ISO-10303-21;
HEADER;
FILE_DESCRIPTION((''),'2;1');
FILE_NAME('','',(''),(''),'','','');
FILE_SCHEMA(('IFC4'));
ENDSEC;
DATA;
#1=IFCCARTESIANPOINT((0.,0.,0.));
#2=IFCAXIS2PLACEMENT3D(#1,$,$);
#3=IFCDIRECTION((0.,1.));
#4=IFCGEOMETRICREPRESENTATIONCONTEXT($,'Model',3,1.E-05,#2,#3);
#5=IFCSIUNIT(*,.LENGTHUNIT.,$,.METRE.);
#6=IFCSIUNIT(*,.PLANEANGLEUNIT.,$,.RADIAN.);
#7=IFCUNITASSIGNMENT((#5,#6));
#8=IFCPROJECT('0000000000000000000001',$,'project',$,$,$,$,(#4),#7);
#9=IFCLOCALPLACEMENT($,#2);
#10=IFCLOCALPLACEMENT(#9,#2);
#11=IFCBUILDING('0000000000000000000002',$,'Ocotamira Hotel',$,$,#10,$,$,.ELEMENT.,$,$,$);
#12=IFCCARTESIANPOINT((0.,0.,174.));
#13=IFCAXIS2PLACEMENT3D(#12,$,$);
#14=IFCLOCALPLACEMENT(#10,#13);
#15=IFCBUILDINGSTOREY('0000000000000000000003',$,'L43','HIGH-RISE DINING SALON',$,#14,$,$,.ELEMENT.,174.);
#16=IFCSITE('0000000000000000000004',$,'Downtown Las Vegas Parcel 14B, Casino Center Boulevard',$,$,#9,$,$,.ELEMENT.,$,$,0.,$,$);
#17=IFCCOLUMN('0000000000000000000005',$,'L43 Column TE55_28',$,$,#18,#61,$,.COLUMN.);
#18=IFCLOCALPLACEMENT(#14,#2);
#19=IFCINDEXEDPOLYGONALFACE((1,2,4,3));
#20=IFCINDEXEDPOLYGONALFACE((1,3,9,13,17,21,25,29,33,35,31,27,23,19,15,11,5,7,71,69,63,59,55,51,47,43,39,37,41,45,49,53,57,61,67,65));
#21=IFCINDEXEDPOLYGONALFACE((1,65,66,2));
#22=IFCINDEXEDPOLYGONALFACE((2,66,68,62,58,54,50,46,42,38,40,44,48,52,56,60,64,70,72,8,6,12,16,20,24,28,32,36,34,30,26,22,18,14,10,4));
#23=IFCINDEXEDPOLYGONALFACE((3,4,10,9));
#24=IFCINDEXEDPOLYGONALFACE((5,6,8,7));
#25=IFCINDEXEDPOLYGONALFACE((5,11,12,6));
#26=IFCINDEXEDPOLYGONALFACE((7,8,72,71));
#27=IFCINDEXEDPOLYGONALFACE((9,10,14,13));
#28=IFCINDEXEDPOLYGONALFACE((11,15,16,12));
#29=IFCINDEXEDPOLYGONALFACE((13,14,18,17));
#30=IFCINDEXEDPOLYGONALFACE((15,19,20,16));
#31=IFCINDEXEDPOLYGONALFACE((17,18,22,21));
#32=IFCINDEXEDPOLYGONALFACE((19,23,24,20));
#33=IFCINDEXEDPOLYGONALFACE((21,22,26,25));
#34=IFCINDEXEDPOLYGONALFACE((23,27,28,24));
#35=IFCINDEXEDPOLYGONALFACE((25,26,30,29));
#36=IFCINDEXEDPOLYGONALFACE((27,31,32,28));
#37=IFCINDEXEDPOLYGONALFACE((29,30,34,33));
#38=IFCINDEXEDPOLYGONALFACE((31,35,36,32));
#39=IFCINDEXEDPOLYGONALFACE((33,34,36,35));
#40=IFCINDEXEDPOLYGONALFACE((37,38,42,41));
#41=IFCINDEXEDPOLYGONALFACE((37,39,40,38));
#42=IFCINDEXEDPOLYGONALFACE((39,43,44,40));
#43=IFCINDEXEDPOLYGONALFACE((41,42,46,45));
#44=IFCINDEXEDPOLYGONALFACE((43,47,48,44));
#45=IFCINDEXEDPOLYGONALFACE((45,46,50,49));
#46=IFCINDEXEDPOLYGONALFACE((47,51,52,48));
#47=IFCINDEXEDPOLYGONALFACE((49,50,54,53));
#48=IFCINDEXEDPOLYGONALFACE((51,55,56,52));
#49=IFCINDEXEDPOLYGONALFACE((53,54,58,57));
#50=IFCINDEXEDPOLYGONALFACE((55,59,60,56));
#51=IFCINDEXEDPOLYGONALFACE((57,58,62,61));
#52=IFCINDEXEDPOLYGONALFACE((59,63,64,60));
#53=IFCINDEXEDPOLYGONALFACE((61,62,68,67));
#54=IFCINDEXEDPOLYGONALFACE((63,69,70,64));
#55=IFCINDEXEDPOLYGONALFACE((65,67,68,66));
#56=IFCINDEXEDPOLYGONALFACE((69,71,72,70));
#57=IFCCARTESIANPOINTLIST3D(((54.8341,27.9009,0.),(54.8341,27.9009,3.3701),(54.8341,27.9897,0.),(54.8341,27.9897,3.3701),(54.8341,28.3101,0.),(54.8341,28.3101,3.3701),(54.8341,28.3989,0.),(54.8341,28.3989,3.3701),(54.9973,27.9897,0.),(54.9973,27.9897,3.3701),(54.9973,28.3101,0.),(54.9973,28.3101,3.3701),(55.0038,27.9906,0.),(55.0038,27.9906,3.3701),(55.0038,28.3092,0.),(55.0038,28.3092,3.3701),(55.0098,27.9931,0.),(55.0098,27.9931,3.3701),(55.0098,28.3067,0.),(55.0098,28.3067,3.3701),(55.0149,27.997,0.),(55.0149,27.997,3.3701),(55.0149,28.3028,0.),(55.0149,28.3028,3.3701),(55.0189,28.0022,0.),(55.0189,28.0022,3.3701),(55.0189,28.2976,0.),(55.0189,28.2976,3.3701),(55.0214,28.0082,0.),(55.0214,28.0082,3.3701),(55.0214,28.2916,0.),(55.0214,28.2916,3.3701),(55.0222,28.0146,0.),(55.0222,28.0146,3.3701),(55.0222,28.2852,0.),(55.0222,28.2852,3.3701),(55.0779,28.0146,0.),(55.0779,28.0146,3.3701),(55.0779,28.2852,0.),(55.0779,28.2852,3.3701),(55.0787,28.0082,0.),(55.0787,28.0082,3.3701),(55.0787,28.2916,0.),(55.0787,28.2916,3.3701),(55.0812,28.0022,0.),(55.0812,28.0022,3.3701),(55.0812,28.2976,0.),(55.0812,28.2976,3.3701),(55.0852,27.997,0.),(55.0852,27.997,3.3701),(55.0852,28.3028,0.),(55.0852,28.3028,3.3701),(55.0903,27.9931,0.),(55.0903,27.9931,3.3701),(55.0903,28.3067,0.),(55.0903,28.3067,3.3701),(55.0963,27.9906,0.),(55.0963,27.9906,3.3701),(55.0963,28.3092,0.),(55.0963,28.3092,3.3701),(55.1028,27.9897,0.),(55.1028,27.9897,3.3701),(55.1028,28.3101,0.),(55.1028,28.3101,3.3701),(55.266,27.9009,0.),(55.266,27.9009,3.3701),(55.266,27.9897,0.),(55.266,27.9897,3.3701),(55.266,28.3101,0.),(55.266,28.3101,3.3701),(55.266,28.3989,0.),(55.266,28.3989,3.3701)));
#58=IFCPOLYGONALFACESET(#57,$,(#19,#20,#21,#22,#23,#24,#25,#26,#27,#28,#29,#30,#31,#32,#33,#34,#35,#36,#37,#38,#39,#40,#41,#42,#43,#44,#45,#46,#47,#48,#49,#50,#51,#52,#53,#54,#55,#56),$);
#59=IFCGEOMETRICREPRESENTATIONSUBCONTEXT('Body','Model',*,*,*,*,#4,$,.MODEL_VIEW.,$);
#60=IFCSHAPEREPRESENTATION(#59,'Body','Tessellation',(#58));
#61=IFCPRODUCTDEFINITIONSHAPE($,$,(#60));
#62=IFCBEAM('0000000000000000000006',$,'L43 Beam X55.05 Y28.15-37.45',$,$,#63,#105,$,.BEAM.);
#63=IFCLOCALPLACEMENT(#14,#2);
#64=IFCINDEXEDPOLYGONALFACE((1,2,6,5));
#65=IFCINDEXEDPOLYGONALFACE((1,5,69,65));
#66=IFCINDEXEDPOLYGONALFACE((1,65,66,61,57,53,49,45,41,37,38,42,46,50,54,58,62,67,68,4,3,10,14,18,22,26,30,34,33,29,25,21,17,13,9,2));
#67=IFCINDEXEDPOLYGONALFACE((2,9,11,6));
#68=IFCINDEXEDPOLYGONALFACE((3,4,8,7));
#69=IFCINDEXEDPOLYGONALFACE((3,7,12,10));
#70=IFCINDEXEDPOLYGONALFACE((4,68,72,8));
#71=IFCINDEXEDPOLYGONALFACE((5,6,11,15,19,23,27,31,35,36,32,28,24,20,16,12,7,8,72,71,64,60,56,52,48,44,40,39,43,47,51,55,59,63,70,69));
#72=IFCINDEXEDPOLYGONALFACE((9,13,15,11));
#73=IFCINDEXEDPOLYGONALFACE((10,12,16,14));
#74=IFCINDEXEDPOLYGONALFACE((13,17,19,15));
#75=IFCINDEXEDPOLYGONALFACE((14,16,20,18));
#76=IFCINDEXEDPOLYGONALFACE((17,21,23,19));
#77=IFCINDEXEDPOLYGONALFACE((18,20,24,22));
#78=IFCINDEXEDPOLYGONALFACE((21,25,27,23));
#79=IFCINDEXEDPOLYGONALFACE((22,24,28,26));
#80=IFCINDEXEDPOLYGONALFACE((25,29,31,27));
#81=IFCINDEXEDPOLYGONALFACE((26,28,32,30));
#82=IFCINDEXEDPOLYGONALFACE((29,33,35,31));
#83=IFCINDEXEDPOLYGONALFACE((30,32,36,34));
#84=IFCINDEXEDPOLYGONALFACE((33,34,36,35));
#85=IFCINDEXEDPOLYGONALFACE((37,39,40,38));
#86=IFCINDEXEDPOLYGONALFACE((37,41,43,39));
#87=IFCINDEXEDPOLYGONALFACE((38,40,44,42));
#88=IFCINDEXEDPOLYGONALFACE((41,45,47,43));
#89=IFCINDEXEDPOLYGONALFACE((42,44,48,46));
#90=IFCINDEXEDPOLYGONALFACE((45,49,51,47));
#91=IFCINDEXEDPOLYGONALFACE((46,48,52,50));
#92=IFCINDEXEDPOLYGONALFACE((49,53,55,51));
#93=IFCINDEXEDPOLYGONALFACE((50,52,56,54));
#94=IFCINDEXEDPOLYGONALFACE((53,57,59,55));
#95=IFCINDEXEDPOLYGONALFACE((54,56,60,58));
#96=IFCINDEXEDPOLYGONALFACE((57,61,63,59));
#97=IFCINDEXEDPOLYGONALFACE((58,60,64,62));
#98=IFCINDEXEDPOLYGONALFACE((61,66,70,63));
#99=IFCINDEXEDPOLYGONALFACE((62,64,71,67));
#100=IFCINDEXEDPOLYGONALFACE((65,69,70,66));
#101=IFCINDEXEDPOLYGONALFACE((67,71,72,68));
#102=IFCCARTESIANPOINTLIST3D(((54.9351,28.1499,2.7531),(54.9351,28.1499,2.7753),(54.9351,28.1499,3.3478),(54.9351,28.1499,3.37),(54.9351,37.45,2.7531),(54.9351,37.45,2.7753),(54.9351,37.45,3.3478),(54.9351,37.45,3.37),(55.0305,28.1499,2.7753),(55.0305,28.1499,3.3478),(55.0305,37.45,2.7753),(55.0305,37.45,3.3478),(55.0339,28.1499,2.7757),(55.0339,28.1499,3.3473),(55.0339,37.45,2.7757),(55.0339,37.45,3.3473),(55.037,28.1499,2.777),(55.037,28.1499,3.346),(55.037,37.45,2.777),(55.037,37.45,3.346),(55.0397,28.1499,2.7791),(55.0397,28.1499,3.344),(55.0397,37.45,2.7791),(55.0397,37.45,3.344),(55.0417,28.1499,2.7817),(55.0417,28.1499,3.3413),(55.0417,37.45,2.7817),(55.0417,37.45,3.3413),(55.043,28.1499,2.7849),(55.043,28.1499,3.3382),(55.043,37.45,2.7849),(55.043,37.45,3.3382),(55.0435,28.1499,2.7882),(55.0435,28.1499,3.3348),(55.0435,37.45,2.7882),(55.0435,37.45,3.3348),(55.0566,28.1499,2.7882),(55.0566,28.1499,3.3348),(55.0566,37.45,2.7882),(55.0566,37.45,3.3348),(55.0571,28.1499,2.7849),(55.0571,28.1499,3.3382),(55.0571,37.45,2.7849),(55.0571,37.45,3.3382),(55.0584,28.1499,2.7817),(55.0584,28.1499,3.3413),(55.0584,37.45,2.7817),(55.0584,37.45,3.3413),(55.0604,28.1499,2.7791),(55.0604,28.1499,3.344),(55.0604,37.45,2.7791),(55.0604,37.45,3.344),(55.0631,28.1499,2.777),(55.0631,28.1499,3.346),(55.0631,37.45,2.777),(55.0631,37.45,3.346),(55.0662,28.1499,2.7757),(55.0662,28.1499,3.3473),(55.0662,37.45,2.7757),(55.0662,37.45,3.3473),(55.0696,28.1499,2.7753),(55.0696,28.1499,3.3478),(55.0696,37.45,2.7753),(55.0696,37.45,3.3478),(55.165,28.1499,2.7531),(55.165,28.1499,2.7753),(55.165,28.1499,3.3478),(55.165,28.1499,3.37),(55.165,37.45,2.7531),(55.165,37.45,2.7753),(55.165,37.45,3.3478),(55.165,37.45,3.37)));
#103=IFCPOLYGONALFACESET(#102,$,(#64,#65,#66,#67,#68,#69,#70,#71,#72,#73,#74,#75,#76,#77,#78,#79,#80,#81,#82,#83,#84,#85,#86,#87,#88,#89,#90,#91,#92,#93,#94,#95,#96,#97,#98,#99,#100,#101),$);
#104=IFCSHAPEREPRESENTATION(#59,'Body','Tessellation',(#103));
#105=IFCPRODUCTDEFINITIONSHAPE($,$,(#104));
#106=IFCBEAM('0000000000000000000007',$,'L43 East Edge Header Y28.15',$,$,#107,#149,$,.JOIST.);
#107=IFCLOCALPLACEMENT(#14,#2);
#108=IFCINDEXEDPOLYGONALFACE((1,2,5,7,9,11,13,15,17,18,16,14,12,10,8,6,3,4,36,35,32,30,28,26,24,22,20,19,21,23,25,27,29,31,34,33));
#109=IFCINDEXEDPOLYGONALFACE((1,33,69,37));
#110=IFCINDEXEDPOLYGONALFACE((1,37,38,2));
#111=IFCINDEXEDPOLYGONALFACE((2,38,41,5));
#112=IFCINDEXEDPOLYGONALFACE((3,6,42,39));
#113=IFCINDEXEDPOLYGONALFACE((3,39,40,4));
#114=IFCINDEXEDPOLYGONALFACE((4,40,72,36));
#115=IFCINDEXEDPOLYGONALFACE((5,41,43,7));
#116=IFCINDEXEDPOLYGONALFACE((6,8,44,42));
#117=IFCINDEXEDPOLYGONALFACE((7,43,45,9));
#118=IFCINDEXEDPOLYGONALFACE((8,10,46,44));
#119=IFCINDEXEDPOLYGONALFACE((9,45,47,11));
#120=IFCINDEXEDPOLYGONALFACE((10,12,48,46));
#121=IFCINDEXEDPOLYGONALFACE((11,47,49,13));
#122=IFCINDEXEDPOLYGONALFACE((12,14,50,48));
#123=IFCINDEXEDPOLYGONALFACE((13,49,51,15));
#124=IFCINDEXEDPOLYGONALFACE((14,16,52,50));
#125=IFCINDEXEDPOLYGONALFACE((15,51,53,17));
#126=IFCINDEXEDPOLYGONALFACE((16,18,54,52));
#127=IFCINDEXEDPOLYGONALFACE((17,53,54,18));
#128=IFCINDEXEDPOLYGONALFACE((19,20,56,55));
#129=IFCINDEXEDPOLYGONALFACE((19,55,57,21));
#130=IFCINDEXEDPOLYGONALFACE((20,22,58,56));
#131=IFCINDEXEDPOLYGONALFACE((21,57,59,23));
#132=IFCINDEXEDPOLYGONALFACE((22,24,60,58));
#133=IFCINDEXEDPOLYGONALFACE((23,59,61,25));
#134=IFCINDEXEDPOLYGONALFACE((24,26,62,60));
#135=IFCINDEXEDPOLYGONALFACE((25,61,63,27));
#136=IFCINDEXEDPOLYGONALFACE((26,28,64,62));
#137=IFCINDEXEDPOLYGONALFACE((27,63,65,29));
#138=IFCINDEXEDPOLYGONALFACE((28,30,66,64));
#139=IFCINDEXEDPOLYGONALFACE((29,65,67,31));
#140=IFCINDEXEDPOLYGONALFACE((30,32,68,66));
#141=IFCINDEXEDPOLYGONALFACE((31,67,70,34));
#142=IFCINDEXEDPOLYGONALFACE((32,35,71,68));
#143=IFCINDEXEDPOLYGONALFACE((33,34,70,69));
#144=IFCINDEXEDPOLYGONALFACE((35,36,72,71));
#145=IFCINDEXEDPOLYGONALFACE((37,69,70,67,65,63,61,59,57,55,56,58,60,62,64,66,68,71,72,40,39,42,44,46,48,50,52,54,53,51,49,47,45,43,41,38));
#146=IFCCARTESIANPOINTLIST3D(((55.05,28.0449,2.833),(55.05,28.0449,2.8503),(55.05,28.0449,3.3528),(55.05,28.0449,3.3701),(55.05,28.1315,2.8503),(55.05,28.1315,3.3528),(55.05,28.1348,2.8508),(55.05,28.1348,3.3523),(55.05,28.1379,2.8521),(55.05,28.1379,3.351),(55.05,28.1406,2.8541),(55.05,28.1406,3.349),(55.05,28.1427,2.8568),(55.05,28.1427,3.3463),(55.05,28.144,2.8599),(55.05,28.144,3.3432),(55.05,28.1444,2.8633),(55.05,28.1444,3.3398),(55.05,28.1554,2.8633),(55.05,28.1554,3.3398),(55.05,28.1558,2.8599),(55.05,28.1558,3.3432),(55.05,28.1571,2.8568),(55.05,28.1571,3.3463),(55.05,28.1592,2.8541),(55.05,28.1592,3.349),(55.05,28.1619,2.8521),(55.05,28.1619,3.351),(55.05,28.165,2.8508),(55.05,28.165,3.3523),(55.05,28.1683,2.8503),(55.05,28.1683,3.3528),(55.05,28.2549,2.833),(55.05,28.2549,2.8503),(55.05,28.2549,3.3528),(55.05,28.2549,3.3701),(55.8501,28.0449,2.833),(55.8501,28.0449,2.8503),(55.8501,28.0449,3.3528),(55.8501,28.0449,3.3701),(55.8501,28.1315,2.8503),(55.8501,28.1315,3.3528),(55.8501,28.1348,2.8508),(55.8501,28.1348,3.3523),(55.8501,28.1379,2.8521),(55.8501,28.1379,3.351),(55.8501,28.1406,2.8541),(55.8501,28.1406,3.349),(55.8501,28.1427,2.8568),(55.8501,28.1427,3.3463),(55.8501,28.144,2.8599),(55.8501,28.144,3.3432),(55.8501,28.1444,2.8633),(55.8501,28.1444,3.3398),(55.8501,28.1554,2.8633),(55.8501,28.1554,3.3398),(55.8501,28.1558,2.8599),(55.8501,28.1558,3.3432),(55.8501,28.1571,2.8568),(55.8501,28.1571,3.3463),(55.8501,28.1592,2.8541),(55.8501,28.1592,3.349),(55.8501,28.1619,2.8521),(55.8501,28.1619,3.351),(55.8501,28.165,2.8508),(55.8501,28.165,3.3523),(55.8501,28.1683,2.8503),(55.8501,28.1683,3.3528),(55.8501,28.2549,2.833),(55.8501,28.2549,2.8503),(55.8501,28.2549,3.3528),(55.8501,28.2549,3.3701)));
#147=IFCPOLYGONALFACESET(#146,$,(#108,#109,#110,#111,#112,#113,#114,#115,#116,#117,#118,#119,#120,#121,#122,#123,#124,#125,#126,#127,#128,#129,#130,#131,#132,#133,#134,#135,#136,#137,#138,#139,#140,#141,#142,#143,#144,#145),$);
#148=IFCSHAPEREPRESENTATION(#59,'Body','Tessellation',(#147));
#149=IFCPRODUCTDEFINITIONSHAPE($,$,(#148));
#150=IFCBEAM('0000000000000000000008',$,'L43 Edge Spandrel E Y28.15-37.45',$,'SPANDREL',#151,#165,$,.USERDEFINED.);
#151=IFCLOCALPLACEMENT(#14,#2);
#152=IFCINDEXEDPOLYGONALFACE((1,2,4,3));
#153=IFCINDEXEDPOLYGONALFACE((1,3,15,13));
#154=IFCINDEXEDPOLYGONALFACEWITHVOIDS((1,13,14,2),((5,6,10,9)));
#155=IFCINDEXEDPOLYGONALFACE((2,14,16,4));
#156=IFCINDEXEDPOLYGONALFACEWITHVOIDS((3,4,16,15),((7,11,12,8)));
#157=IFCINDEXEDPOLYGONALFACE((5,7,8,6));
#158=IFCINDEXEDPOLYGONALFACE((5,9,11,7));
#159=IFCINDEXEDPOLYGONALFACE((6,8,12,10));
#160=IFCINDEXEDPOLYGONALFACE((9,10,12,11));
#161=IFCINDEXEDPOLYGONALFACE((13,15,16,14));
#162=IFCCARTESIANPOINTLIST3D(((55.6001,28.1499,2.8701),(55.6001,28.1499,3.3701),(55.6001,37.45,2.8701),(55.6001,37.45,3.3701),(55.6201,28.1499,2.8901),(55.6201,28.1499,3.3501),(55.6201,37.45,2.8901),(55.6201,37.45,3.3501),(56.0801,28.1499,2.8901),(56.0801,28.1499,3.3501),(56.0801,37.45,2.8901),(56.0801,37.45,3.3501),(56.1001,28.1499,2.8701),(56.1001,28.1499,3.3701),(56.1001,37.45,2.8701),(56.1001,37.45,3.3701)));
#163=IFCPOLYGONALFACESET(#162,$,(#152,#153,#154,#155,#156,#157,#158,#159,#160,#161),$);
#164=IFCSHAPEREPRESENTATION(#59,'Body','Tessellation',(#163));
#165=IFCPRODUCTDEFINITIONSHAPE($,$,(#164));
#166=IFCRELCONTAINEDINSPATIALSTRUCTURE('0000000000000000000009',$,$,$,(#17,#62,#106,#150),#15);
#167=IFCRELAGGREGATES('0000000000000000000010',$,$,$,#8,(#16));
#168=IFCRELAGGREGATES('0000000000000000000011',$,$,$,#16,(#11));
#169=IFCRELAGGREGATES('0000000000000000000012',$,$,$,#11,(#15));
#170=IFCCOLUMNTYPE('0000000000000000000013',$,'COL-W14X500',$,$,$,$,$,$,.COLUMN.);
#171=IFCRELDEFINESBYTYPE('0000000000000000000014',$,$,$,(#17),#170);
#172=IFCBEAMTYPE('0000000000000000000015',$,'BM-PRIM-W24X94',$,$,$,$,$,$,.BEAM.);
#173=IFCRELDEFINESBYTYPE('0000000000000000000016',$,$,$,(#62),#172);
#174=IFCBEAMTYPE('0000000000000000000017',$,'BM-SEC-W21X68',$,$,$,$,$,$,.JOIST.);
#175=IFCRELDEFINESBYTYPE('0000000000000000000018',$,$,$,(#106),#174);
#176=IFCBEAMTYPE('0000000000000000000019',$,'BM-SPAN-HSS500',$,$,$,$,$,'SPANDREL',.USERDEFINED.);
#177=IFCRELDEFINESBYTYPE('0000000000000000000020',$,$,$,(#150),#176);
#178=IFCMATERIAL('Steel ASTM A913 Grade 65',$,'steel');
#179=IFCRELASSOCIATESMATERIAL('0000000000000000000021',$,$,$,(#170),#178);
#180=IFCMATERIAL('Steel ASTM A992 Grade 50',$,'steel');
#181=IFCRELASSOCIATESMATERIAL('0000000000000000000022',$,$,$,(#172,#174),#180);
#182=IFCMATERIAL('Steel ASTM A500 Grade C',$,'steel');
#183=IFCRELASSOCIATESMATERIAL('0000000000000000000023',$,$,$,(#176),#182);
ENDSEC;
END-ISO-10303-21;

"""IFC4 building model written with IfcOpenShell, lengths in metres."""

from ifc_helpers import new_model, si_unit, direction, frame, origin, origin_2d, place, context, subcontext, project, spatial, hollow_rectangle, i_section, extrude, source, transform, mapped, material, material_profile, profile_set, type_object, element, save


model = new_model("IFC4")

# Units and contexts
model_context = context("Model", 3, precision=1e-05, world=origin(), true_north=direction((0.0, 1.0)))
body_context = subcontext(model_context, "Body", "Model", "MODEL_VIEW")
ifc_project = project(units=[si_unit("LENGTHUNIT", "METRE"), si_unit("PLANEANGLEUNIT", "RADIAN")], contexts=[model_context])

# Site, building, storey
site_placement = place(None, origin())
site = spatial("IfcSite", under=ifc_project, at=site_placement, Name="Downtown Las Vegas Parcel 14B, Casino Center Boulevard", CompositionType="ELEMENT", RefElevation=0.0)
building_placement = place(site_placement, origin())
building = spatial("IfcBuilding", under=site, at=building_placement, Name="Ocotamira Hotel", CompositionType="ELEMENT")
storey_placement = place(building_placement, frame((0.0, 0.0, 174.0)))
storey = spatial("IfcBuildingStorey", under=building, at=storey_placement, Name="L43", Description="HIGH-RISE DINING SALON", CompositionType="ELEMENT", Elevation=174.0)

# Column
ifc_material_1 = material(Name="Steel ASTM A913 Grade 65", Category="steel")
ifc_material_profile_1 = material_profile(ifc_material_1, i_section(OverallWidth=0.4319, OverallDepth=0.498, WebThickness=0.0557, FlangeThickness=0.0889, FilletRadius=0.0249, at=origin_2d()), Name="W14X500")
ifc_profile_set_1 = profile_set([ifc_material_profile_1], Name="Steel ASTM A913 Grade 65")
column_type = type_object("IfcColumnType", Name="COL-W14X500", PredefinedType="COLUMN", material=ifc_profile_set_1)
shared_shape_1 = source(origin(), body_context, "Body", "SweptSolid", [
    extrude(i_section(OverallWidth=0.4319, OverallDepth=0.498, WebThickness=0.0557, FlangeThickness=0.0889, FilletRadius=0.0249, at=origin_2d()), origin(), (0.0, 0.0, 1.0), 3.3701),
])
column_placement = place(storey_placement, frame((55.05, 28.1499, 0.0), z_axis=(0.0, 0.0, 1.0), x_axis=(1.0, 0.0, 0.0)))
element("IfcColumn", 1, at=column_placement, inside=storey, type_object=column_type, Name="L43 Column TE55_28", PredefinedType="COLUMN", context=body_context, shape_type="MappedRepresentation", body=[
    mapped(shared_shape_1, transform((0.0, 0.0, 0.0), scale=1.0)),
])

# Beams
ifc_material_2 = material(Name="Steel ASTM A992 Grade 50", Category="steel")
ifc_material_profile_2 = material_profile(ifc_material_2, i_section(OverallWidth=0.23, OverallDepth=0.6169, WebThickness=0.0132, FlangeThickness=0.0222, FilletRadius=0.0129, at=origin_2d()), Name="W24X94")
ifc_profile_set_2 = profile_set([ifc_material_profile_2], Name="Steel ASTM A992 Grade 50")
beam_type_1 = type_object("IfcBeamType", Name="BM-PRIM-W24X94", PredefinedType="BEAM", material=ifc_profile_set_2)
shared_shape_2 = source(origin(), body_context, "Body", "SweptSolid", [
    extrude(i_section(OverallWidth=0.23, OverallDepth=0.6169, WebThickness=0.0132, FlangeThickness=0.0222, FilletRadius=0.0129, at=origin_2d()), origin(), (0.0, 0.0, 1.0), 9.3),
])
beam_1_placement = place(storey_placement, frame((55.05, 28.1499, 3.0615), z_axis=(0.0, 1.0, 0.0), x_axis=(-1.0, 0.0, 0.0)))
element("IfcBeam", 2, at=beam_1_placement, inside=storey, type_object=beam_type_1, Name="L43 Beam X55.05 Y28.15-37.45", PredefinedType="BEAM", context=body_context, shape_type="MappedRepresentation", body=[
    mapped(shared_shape_2, transform((0.0, 0.0, 0.0), scale=1.0)),
])
ifc_material_profile_3 = material_profile(ifc_material_2, i_section(OverallWidth=0.21, OverallDepth=0.5371, WebThickness=0.011, FlangeThickness=0.0173, FilletRadius=0.0129, at=origin_2d()), Name="W21X68")
ifc_profile_set_3 = profile_set([ifc_material_profile_3], Name="Steel ASTM A992 Grade 50")
beam_type_2 = type_object("IfcBeamType", Name="BM-SEC-W21X68", PredefinedType="JOIST", material=ifc_profile_set_3)
shared_shape_3 = source(origin(), body_context, "Body", "SweptSolid", [
    extrude(i_section(OverallWidth=0.21, OverallDepth=0.5371, WebThickness=0.011, FlangeThickness=0.0173, FilletRadius=0.0129, at=origin_2d()), origin(), (0.0, 0.0, 1.0), 0.8),
])
beam_2_placement = place(storey_placement, frame((55.05, 28.1499, 3.1016), z_axis=(1.0, 0.0, 0.0), x_axis=(0.0, 1.0, 0.0)))
element("IfcBeam", 3, at=beam_2_placement, inside=storey, type_object=beam_type_2, Name="L43 East Edge Header Y28.15", PredefinedType="JOIST", context=body_context, shape_type="MappedRepresentation", body=[
    mapped(shared_shape_3, transform((0.0, 0.0, 0.0), scale=1.0)),
])
ifc_material_3 = material(Name="Steel ASTM A500 Grade C", Category="steel")
ifc_material_profile_4 = material_profile(ifc_material_3, hollow_rectangle(XDim=0.5, YDim=0.5, WallThickness=0.02, at=origin_2d()), Name="HSS500X500X20")
ifc_profile_set_4 = profile_set([ifc_material_profile_4], Name="Steel ASTM A500 Grade C")
beam_type_3 = type_object("IfcBeamType", Name="BM-SPAN-HSS500", ElementType="SPANDREL", PredefinedType="USERDEFINED", material=ifc_profile_set_4)
shared_shape_4 = source(origin(), body_context, "Body", "SweptSolid", [
    extrude(hollow_rectangle(XDim=0.5, YDim=0.5, WallThickness=0.02, at=origin_2d()), origin(), (0.0, 0.0, 1.0), 9.3),
])
beam_3_placement = place(storey_placement, frame((55.8501, 28.1499, 3.1201), z_axis=(0.0, 1.0, 0.0), x_axis=(-1.0, 0.0, 0.0)))
element("IfcBeam", 4, at=beam_3_placement, inside=storey, type_object=beam_type_3, Name="L43 Edge Spandrel E Y28.15-37.45", ObjectType="SPANDREL", PredefinedType="USERDEFINED", context=body_context, shape_type="MappedRepresentation", body=[
    mapped(shared_shape_4, transform((0.0, 0.0, 0.0), scale=1.0)),
])

save(model, "model.ifc")
